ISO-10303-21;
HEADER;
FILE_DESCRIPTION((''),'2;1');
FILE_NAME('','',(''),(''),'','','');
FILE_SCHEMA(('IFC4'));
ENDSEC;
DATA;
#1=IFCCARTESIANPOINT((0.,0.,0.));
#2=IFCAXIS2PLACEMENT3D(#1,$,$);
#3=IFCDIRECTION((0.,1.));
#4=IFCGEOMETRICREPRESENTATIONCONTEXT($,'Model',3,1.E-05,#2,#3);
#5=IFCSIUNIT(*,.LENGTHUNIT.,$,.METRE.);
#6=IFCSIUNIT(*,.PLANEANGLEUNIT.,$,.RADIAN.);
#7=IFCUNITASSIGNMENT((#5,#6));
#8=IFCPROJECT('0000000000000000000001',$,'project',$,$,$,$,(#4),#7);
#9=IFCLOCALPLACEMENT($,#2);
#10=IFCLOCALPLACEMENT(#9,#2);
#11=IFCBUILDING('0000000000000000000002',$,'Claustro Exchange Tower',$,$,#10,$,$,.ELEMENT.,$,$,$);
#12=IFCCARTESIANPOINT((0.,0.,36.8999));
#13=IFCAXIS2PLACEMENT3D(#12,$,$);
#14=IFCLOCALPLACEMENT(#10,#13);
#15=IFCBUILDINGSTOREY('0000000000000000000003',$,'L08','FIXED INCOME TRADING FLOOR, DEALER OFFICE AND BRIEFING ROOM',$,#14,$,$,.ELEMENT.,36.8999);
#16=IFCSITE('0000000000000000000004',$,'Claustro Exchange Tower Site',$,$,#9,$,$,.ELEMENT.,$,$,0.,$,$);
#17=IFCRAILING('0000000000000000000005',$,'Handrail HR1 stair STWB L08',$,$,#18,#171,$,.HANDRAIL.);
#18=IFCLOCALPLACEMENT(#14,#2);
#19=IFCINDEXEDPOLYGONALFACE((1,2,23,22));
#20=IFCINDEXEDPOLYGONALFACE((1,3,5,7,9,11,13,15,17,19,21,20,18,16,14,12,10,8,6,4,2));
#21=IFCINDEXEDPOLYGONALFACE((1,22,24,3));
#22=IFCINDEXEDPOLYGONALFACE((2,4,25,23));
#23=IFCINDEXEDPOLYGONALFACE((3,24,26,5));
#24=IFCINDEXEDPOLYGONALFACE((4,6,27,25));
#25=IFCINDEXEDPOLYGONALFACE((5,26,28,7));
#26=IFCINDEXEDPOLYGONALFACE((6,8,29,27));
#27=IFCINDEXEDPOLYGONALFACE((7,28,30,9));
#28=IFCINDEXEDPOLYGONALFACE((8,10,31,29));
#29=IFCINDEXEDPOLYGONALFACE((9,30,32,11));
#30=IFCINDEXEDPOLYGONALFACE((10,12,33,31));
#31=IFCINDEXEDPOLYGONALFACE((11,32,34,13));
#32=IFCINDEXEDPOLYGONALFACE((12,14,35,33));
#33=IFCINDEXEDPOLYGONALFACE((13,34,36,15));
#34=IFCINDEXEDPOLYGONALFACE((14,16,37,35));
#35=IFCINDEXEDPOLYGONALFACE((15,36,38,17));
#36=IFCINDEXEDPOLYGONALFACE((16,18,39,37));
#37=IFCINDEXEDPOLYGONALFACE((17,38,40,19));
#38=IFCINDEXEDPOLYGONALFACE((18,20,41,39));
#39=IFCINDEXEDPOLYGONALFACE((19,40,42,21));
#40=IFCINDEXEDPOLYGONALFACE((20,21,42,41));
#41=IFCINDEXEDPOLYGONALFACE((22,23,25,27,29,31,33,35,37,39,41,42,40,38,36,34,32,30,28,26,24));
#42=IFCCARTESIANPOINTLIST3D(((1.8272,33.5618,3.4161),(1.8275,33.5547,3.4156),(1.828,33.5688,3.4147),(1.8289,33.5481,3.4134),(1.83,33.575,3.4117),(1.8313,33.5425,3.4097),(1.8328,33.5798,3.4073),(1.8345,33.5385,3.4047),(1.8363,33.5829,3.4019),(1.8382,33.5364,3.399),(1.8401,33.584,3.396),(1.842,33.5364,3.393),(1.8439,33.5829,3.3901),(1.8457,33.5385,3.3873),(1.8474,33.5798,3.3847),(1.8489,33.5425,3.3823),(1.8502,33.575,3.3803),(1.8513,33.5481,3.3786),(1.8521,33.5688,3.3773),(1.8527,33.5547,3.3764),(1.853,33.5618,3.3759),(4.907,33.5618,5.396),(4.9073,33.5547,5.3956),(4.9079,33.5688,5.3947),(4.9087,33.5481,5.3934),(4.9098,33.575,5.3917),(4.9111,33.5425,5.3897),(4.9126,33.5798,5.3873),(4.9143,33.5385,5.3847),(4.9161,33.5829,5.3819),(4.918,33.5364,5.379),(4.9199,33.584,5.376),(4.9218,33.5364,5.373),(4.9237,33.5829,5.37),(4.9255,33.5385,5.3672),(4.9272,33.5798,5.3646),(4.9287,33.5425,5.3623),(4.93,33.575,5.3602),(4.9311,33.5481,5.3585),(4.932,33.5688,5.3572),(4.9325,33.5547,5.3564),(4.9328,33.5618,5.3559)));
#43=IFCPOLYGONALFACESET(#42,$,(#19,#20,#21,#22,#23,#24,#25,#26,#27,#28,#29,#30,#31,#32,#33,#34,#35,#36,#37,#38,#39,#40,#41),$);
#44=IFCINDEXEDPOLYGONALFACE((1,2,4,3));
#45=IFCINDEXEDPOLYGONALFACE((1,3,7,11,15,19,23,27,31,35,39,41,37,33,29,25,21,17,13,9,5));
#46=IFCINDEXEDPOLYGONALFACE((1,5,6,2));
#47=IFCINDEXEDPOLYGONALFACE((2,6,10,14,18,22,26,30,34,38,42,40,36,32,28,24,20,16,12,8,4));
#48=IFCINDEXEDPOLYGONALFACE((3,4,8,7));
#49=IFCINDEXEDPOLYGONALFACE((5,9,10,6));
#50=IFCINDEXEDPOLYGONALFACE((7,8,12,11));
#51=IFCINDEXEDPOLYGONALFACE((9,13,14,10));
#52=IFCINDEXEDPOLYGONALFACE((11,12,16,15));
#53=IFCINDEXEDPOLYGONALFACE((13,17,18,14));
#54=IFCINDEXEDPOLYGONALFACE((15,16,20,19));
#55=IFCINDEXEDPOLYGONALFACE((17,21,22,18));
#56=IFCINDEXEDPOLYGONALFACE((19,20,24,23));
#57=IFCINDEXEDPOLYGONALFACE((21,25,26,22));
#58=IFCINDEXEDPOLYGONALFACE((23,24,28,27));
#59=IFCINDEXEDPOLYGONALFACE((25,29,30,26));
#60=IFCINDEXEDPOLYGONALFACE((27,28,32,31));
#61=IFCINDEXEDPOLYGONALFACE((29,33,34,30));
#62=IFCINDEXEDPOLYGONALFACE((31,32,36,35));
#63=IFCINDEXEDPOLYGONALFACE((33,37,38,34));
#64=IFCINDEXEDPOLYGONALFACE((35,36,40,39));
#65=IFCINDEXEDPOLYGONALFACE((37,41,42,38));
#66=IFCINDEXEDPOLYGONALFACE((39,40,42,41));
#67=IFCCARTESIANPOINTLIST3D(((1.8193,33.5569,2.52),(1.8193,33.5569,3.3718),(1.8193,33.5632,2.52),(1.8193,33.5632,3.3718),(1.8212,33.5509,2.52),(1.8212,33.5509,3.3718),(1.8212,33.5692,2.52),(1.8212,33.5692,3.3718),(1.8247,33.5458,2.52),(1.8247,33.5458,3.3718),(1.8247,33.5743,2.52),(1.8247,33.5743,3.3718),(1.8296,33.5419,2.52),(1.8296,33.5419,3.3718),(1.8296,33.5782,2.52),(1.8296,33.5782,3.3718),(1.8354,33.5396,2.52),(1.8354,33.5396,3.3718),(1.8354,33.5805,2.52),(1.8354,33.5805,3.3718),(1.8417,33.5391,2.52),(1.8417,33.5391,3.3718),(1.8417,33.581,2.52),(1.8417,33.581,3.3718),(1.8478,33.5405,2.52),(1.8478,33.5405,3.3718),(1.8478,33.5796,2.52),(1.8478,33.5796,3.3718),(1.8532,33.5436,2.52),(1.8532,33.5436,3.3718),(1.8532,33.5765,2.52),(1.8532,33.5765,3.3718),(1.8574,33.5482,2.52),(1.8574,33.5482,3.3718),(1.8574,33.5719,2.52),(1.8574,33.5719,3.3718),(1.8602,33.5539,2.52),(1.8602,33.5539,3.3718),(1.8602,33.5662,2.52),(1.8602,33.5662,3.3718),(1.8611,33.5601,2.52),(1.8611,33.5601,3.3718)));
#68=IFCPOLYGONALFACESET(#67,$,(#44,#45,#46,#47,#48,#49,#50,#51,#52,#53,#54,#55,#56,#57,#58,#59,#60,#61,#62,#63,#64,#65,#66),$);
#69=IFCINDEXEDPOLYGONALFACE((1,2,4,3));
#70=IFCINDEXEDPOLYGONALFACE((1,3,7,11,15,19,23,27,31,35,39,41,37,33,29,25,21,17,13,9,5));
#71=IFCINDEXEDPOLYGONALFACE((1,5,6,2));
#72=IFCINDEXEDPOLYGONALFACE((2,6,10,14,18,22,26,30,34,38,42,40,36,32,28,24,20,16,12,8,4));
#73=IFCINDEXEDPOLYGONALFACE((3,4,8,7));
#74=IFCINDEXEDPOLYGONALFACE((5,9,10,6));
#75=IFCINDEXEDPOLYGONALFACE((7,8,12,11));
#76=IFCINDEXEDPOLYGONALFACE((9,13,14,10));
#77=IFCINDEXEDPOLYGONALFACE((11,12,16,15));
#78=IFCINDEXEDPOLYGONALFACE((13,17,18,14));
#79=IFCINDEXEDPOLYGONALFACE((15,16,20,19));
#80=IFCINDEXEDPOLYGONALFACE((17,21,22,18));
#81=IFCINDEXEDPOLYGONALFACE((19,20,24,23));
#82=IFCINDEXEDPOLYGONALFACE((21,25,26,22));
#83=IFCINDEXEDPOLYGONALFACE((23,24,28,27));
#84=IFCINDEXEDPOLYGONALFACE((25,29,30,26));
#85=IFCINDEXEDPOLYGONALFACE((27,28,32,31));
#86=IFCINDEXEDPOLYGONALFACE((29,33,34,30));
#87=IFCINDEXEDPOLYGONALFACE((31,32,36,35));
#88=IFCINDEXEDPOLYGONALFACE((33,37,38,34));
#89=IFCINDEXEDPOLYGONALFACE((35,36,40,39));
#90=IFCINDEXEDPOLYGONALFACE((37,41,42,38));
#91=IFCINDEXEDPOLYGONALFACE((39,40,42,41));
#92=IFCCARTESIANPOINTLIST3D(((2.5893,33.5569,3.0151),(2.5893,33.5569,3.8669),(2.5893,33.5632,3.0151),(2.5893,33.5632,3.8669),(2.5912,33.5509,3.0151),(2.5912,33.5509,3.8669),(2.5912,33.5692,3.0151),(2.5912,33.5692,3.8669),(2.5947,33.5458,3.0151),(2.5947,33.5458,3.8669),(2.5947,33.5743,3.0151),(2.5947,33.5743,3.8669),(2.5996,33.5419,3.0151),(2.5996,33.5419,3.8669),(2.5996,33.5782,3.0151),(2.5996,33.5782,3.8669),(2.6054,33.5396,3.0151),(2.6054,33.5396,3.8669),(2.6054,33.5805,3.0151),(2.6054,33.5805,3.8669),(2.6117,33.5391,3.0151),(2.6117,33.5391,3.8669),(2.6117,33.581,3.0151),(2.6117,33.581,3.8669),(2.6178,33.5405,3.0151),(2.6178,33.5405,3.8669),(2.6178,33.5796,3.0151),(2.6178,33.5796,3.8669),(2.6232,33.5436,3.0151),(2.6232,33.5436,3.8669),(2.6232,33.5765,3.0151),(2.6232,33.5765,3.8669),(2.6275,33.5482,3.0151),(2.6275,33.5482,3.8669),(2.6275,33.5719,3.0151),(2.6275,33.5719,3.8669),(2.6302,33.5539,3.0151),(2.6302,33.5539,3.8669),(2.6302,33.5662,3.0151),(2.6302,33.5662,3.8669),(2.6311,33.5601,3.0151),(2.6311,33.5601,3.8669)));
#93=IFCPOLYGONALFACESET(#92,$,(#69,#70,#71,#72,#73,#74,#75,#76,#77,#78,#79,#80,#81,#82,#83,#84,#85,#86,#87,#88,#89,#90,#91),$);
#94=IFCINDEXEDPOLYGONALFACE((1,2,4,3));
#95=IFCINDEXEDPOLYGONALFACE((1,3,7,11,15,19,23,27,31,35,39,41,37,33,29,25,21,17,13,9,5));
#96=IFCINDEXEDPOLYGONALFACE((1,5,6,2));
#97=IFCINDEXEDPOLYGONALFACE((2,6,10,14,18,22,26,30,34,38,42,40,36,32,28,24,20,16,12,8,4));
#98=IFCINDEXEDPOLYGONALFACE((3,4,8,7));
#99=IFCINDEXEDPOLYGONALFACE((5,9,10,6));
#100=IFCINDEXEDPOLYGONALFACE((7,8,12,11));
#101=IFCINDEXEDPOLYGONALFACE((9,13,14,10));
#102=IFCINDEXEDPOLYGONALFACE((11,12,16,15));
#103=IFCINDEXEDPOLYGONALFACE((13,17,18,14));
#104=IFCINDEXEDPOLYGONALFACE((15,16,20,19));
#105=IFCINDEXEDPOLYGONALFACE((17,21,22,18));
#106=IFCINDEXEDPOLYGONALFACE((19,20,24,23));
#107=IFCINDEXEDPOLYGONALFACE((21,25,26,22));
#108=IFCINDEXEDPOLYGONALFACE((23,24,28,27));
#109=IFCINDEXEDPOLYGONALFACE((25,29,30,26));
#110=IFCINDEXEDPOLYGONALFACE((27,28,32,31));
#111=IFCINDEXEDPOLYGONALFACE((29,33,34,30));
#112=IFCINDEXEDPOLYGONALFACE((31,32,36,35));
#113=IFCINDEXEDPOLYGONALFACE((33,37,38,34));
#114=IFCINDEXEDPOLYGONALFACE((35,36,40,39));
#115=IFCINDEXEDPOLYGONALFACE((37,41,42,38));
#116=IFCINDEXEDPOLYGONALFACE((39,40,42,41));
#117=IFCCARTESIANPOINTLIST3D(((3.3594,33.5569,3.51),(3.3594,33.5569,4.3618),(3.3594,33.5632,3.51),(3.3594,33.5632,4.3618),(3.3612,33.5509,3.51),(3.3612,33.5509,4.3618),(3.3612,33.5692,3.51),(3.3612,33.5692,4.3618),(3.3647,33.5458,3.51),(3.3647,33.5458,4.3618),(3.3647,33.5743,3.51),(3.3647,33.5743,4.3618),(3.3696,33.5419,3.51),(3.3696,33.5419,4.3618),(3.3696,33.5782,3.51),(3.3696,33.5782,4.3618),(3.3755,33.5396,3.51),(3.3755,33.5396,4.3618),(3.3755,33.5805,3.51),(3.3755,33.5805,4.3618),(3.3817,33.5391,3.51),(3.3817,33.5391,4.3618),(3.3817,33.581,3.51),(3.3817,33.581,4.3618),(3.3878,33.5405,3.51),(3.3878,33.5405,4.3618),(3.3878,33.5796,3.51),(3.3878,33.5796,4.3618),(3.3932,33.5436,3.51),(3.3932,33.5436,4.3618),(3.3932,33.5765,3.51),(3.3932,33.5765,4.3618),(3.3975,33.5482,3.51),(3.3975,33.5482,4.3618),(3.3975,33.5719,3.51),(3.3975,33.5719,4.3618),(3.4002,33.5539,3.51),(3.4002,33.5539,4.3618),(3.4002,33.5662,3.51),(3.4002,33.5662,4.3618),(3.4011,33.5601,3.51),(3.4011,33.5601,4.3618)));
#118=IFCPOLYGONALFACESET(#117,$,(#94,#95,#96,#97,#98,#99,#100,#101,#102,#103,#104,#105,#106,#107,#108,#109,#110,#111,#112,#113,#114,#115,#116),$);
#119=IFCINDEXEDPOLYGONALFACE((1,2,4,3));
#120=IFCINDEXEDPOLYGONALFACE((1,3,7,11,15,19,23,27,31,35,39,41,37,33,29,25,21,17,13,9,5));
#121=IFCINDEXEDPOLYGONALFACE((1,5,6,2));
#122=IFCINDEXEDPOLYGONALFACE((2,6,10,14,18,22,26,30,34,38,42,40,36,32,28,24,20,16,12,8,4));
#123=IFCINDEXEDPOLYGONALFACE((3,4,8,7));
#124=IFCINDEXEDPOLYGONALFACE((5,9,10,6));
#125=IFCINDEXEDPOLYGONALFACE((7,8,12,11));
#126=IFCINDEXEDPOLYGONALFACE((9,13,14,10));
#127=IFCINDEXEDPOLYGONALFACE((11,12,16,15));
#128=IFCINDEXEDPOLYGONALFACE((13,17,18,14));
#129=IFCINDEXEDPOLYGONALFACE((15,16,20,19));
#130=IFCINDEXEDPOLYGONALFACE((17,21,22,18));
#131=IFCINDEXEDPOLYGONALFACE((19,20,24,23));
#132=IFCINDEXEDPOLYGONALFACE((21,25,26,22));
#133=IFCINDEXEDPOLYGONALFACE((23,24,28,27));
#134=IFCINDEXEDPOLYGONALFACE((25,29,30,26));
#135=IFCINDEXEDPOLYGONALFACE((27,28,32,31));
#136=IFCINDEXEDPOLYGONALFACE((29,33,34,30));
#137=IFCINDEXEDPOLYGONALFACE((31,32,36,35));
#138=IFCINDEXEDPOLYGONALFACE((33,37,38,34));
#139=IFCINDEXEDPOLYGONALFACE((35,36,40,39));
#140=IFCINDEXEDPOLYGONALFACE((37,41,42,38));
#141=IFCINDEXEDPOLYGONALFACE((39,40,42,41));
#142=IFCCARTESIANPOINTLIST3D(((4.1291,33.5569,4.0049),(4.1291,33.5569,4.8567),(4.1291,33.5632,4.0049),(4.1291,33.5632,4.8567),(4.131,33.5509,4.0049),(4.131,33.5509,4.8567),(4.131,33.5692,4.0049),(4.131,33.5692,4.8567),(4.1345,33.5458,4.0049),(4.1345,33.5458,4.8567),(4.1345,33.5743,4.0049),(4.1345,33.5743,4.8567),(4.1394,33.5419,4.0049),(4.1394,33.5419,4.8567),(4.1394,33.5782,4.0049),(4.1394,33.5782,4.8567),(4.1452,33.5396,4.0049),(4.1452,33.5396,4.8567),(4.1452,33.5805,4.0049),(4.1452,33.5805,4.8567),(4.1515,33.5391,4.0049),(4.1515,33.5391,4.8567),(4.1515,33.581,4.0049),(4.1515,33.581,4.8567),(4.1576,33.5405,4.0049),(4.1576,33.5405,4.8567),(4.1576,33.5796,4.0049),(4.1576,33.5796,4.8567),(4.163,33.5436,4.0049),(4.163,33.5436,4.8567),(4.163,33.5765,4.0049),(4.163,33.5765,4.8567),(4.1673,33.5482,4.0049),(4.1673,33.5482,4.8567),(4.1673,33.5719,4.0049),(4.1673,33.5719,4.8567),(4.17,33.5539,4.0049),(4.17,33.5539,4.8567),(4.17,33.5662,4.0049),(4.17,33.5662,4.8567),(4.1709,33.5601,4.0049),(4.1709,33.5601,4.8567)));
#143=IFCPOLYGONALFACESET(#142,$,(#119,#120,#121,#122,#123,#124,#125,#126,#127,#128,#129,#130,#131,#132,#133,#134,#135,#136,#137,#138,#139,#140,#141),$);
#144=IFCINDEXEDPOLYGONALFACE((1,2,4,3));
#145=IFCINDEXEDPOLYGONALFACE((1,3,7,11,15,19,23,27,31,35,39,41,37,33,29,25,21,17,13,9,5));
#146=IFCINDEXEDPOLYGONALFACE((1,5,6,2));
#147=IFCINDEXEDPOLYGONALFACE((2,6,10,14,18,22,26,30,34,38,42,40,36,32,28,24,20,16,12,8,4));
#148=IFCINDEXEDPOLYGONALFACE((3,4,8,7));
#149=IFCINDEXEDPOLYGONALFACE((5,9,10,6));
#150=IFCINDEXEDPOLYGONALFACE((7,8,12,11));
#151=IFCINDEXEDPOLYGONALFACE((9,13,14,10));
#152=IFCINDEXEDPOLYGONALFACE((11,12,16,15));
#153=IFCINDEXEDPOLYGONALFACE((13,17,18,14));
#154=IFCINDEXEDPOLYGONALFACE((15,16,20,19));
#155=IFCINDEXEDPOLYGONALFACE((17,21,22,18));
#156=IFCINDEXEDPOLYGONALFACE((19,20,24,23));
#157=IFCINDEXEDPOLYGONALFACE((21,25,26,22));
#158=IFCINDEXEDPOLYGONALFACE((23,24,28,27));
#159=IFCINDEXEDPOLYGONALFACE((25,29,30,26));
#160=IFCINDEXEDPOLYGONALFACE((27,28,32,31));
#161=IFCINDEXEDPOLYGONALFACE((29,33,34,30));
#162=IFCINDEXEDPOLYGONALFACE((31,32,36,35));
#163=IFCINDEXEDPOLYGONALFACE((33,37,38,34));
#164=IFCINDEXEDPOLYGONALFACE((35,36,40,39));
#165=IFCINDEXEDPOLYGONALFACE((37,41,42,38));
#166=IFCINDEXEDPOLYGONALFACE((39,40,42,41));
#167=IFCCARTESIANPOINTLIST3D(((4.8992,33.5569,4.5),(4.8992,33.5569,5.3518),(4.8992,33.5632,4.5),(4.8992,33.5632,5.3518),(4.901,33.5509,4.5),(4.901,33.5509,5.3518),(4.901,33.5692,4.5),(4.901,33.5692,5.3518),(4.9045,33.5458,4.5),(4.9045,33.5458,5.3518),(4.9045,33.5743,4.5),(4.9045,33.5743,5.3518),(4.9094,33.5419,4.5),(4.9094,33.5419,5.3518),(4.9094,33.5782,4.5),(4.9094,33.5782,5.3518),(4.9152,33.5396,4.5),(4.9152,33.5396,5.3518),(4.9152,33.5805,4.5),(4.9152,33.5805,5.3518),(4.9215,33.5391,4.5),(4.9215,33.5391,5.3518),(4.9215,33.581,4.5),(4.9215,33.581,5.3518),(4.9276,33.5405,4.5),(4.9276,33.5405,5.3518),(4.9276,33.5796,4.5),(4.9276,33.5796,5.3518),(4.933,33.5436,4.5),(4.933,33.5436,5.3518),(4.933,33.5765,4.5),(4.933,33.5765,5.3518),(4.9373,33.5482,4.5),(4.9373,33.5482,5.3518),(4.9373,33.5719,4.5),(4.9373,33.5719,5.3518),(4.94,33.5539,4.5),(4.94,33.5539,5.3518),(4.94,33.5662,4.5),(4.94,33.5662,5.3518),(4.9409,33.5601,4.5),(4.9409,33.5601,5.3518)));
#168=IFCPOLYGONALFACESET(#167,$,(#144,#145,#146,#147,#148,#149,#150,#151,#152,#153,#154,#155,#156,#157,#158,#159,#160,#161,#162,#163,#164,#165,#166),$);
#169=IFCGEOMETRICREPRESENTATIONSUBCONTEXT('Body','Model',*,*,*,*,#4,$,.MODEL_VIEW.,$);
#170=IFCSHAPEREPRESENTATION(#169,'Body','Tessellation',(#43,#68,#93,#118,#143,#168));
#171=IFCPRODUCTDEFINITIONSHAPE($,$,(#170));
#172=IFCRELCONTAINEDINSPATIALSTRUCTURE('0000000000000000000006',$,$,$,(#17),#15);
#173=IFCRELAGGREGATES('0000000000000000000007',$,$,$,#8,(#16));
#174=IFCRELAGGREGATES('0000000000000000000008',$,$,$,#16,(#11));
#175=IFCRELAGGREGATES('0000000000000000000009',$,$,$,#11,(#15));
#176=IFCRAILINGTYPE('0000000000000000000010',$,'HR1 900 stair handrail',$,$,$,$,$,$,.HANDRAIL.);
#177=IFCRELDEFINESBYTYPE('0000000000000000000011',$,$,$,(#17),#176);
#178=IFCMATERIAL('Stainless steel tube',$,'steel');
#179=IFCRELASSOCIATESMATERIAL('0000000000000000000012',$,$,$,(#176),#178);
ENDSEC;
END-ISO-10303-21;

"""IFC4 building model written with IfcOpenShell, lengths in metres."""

from ifc_helpers import new_model, si_unit, direction, frame, origin, origin_2d, place, context, subcontext, project, spatial, circle, extrude, material, type_object, element, save


model = new_model("IFC4")

# Units and contexts
model_context = context("Model", 3, precision=1e-05, world=origin(), true_north=direction((0.0, 1.0)))
body_context = subcontext(model_context, "Body", "Model", "MODEL_VIEW")
ifc_project = project(units=[si_unit("LENGTHUNIT", "METRE"), si_unit("PLANEANGLEUNIT", "RADIAN")], contexts=[model_context])

# Site, building, storey
site_placement = place(None, origin())
site = spatial("IfcSite", under=ifc_project, at=site_placement, Name="Claustro Exchange Tower Site", CompositionType="ELEMENT", RefElevation=0.0)
building_placement = place(site_placement, origin())
building = spatial("IfcBuilding", under=site, at=building_placement, Name="Claustro Exchange Tower", CompositionType="ELEMENT")
storey_placement = place(building_placement, frame((0.0, 0.0, 36.8999)))
storey = spatial("IfcBuildingStorey", under=building, at=storey_placement, Name="L08", Description="FIXED INCOME TRADING FLOOR, DEALER OFFICE AND BRIEFING ROOM", CompositionType="ELEMENT", Elevation=36.8999)

# Railing
ifc_material_1 = material(Name="Stainless steel tube", Category="steel")
railing_type_1 = type_object("IfcRailingType", Name="HR1 900 stair handrail", PredefinedType="HANDRAIL", material=ifc_material_1)
railing_1_placement = place(storey_placement, frame((1.8401, 33.5601, 2.52)))
element("IfcRailing", 1, at=railing_1_placement, inside=storey, type_object=railing_type_1, Name="Handrail HR1 stair STWB L08", PredefinedType="HANDRAIL", context=body_context, shape_type="SweptSolid", body=[
    extrude(circle(Radius=0.0239, at=origin_2d()), frame((0.0, 0.0, 0.876), z_axis=(0.841168, 0.0, 0.540774), x_axis=(0.0, 1.0, 0.0)), (0.0, 0.0, 1.0), 3.6614),
    extrude(circle(Radius=0.021, at=origin_2d()), origin(), (0.0, 0.0, 1.0), 0.8518),
    extrude(circle(Radius=0.021, at=origin_2d()), frame((0.77, 0.0, 0.4951)), (0.0, 0.0, 1.0), 0.8518),
    extrude(circle(Radius=0.021, at=origin_2d()), frame((1.54, 0.0, 0.99)), (0.0, 0.0, 1.0), 0.8518),
    extrude(circle(Radius=0.021, at=origin_2d()), frame((2.3098, 0.0, 1.4849)), (0.0, 0.0, 1.0), 0.8518),
    extrude(circle(Radius=0.021, at=origin_2d()), frame((3.0798, 0.0, 1.98)), (0.0, 0.0, 1.0), 0.8518),
])

save(model, "model.ifc")
